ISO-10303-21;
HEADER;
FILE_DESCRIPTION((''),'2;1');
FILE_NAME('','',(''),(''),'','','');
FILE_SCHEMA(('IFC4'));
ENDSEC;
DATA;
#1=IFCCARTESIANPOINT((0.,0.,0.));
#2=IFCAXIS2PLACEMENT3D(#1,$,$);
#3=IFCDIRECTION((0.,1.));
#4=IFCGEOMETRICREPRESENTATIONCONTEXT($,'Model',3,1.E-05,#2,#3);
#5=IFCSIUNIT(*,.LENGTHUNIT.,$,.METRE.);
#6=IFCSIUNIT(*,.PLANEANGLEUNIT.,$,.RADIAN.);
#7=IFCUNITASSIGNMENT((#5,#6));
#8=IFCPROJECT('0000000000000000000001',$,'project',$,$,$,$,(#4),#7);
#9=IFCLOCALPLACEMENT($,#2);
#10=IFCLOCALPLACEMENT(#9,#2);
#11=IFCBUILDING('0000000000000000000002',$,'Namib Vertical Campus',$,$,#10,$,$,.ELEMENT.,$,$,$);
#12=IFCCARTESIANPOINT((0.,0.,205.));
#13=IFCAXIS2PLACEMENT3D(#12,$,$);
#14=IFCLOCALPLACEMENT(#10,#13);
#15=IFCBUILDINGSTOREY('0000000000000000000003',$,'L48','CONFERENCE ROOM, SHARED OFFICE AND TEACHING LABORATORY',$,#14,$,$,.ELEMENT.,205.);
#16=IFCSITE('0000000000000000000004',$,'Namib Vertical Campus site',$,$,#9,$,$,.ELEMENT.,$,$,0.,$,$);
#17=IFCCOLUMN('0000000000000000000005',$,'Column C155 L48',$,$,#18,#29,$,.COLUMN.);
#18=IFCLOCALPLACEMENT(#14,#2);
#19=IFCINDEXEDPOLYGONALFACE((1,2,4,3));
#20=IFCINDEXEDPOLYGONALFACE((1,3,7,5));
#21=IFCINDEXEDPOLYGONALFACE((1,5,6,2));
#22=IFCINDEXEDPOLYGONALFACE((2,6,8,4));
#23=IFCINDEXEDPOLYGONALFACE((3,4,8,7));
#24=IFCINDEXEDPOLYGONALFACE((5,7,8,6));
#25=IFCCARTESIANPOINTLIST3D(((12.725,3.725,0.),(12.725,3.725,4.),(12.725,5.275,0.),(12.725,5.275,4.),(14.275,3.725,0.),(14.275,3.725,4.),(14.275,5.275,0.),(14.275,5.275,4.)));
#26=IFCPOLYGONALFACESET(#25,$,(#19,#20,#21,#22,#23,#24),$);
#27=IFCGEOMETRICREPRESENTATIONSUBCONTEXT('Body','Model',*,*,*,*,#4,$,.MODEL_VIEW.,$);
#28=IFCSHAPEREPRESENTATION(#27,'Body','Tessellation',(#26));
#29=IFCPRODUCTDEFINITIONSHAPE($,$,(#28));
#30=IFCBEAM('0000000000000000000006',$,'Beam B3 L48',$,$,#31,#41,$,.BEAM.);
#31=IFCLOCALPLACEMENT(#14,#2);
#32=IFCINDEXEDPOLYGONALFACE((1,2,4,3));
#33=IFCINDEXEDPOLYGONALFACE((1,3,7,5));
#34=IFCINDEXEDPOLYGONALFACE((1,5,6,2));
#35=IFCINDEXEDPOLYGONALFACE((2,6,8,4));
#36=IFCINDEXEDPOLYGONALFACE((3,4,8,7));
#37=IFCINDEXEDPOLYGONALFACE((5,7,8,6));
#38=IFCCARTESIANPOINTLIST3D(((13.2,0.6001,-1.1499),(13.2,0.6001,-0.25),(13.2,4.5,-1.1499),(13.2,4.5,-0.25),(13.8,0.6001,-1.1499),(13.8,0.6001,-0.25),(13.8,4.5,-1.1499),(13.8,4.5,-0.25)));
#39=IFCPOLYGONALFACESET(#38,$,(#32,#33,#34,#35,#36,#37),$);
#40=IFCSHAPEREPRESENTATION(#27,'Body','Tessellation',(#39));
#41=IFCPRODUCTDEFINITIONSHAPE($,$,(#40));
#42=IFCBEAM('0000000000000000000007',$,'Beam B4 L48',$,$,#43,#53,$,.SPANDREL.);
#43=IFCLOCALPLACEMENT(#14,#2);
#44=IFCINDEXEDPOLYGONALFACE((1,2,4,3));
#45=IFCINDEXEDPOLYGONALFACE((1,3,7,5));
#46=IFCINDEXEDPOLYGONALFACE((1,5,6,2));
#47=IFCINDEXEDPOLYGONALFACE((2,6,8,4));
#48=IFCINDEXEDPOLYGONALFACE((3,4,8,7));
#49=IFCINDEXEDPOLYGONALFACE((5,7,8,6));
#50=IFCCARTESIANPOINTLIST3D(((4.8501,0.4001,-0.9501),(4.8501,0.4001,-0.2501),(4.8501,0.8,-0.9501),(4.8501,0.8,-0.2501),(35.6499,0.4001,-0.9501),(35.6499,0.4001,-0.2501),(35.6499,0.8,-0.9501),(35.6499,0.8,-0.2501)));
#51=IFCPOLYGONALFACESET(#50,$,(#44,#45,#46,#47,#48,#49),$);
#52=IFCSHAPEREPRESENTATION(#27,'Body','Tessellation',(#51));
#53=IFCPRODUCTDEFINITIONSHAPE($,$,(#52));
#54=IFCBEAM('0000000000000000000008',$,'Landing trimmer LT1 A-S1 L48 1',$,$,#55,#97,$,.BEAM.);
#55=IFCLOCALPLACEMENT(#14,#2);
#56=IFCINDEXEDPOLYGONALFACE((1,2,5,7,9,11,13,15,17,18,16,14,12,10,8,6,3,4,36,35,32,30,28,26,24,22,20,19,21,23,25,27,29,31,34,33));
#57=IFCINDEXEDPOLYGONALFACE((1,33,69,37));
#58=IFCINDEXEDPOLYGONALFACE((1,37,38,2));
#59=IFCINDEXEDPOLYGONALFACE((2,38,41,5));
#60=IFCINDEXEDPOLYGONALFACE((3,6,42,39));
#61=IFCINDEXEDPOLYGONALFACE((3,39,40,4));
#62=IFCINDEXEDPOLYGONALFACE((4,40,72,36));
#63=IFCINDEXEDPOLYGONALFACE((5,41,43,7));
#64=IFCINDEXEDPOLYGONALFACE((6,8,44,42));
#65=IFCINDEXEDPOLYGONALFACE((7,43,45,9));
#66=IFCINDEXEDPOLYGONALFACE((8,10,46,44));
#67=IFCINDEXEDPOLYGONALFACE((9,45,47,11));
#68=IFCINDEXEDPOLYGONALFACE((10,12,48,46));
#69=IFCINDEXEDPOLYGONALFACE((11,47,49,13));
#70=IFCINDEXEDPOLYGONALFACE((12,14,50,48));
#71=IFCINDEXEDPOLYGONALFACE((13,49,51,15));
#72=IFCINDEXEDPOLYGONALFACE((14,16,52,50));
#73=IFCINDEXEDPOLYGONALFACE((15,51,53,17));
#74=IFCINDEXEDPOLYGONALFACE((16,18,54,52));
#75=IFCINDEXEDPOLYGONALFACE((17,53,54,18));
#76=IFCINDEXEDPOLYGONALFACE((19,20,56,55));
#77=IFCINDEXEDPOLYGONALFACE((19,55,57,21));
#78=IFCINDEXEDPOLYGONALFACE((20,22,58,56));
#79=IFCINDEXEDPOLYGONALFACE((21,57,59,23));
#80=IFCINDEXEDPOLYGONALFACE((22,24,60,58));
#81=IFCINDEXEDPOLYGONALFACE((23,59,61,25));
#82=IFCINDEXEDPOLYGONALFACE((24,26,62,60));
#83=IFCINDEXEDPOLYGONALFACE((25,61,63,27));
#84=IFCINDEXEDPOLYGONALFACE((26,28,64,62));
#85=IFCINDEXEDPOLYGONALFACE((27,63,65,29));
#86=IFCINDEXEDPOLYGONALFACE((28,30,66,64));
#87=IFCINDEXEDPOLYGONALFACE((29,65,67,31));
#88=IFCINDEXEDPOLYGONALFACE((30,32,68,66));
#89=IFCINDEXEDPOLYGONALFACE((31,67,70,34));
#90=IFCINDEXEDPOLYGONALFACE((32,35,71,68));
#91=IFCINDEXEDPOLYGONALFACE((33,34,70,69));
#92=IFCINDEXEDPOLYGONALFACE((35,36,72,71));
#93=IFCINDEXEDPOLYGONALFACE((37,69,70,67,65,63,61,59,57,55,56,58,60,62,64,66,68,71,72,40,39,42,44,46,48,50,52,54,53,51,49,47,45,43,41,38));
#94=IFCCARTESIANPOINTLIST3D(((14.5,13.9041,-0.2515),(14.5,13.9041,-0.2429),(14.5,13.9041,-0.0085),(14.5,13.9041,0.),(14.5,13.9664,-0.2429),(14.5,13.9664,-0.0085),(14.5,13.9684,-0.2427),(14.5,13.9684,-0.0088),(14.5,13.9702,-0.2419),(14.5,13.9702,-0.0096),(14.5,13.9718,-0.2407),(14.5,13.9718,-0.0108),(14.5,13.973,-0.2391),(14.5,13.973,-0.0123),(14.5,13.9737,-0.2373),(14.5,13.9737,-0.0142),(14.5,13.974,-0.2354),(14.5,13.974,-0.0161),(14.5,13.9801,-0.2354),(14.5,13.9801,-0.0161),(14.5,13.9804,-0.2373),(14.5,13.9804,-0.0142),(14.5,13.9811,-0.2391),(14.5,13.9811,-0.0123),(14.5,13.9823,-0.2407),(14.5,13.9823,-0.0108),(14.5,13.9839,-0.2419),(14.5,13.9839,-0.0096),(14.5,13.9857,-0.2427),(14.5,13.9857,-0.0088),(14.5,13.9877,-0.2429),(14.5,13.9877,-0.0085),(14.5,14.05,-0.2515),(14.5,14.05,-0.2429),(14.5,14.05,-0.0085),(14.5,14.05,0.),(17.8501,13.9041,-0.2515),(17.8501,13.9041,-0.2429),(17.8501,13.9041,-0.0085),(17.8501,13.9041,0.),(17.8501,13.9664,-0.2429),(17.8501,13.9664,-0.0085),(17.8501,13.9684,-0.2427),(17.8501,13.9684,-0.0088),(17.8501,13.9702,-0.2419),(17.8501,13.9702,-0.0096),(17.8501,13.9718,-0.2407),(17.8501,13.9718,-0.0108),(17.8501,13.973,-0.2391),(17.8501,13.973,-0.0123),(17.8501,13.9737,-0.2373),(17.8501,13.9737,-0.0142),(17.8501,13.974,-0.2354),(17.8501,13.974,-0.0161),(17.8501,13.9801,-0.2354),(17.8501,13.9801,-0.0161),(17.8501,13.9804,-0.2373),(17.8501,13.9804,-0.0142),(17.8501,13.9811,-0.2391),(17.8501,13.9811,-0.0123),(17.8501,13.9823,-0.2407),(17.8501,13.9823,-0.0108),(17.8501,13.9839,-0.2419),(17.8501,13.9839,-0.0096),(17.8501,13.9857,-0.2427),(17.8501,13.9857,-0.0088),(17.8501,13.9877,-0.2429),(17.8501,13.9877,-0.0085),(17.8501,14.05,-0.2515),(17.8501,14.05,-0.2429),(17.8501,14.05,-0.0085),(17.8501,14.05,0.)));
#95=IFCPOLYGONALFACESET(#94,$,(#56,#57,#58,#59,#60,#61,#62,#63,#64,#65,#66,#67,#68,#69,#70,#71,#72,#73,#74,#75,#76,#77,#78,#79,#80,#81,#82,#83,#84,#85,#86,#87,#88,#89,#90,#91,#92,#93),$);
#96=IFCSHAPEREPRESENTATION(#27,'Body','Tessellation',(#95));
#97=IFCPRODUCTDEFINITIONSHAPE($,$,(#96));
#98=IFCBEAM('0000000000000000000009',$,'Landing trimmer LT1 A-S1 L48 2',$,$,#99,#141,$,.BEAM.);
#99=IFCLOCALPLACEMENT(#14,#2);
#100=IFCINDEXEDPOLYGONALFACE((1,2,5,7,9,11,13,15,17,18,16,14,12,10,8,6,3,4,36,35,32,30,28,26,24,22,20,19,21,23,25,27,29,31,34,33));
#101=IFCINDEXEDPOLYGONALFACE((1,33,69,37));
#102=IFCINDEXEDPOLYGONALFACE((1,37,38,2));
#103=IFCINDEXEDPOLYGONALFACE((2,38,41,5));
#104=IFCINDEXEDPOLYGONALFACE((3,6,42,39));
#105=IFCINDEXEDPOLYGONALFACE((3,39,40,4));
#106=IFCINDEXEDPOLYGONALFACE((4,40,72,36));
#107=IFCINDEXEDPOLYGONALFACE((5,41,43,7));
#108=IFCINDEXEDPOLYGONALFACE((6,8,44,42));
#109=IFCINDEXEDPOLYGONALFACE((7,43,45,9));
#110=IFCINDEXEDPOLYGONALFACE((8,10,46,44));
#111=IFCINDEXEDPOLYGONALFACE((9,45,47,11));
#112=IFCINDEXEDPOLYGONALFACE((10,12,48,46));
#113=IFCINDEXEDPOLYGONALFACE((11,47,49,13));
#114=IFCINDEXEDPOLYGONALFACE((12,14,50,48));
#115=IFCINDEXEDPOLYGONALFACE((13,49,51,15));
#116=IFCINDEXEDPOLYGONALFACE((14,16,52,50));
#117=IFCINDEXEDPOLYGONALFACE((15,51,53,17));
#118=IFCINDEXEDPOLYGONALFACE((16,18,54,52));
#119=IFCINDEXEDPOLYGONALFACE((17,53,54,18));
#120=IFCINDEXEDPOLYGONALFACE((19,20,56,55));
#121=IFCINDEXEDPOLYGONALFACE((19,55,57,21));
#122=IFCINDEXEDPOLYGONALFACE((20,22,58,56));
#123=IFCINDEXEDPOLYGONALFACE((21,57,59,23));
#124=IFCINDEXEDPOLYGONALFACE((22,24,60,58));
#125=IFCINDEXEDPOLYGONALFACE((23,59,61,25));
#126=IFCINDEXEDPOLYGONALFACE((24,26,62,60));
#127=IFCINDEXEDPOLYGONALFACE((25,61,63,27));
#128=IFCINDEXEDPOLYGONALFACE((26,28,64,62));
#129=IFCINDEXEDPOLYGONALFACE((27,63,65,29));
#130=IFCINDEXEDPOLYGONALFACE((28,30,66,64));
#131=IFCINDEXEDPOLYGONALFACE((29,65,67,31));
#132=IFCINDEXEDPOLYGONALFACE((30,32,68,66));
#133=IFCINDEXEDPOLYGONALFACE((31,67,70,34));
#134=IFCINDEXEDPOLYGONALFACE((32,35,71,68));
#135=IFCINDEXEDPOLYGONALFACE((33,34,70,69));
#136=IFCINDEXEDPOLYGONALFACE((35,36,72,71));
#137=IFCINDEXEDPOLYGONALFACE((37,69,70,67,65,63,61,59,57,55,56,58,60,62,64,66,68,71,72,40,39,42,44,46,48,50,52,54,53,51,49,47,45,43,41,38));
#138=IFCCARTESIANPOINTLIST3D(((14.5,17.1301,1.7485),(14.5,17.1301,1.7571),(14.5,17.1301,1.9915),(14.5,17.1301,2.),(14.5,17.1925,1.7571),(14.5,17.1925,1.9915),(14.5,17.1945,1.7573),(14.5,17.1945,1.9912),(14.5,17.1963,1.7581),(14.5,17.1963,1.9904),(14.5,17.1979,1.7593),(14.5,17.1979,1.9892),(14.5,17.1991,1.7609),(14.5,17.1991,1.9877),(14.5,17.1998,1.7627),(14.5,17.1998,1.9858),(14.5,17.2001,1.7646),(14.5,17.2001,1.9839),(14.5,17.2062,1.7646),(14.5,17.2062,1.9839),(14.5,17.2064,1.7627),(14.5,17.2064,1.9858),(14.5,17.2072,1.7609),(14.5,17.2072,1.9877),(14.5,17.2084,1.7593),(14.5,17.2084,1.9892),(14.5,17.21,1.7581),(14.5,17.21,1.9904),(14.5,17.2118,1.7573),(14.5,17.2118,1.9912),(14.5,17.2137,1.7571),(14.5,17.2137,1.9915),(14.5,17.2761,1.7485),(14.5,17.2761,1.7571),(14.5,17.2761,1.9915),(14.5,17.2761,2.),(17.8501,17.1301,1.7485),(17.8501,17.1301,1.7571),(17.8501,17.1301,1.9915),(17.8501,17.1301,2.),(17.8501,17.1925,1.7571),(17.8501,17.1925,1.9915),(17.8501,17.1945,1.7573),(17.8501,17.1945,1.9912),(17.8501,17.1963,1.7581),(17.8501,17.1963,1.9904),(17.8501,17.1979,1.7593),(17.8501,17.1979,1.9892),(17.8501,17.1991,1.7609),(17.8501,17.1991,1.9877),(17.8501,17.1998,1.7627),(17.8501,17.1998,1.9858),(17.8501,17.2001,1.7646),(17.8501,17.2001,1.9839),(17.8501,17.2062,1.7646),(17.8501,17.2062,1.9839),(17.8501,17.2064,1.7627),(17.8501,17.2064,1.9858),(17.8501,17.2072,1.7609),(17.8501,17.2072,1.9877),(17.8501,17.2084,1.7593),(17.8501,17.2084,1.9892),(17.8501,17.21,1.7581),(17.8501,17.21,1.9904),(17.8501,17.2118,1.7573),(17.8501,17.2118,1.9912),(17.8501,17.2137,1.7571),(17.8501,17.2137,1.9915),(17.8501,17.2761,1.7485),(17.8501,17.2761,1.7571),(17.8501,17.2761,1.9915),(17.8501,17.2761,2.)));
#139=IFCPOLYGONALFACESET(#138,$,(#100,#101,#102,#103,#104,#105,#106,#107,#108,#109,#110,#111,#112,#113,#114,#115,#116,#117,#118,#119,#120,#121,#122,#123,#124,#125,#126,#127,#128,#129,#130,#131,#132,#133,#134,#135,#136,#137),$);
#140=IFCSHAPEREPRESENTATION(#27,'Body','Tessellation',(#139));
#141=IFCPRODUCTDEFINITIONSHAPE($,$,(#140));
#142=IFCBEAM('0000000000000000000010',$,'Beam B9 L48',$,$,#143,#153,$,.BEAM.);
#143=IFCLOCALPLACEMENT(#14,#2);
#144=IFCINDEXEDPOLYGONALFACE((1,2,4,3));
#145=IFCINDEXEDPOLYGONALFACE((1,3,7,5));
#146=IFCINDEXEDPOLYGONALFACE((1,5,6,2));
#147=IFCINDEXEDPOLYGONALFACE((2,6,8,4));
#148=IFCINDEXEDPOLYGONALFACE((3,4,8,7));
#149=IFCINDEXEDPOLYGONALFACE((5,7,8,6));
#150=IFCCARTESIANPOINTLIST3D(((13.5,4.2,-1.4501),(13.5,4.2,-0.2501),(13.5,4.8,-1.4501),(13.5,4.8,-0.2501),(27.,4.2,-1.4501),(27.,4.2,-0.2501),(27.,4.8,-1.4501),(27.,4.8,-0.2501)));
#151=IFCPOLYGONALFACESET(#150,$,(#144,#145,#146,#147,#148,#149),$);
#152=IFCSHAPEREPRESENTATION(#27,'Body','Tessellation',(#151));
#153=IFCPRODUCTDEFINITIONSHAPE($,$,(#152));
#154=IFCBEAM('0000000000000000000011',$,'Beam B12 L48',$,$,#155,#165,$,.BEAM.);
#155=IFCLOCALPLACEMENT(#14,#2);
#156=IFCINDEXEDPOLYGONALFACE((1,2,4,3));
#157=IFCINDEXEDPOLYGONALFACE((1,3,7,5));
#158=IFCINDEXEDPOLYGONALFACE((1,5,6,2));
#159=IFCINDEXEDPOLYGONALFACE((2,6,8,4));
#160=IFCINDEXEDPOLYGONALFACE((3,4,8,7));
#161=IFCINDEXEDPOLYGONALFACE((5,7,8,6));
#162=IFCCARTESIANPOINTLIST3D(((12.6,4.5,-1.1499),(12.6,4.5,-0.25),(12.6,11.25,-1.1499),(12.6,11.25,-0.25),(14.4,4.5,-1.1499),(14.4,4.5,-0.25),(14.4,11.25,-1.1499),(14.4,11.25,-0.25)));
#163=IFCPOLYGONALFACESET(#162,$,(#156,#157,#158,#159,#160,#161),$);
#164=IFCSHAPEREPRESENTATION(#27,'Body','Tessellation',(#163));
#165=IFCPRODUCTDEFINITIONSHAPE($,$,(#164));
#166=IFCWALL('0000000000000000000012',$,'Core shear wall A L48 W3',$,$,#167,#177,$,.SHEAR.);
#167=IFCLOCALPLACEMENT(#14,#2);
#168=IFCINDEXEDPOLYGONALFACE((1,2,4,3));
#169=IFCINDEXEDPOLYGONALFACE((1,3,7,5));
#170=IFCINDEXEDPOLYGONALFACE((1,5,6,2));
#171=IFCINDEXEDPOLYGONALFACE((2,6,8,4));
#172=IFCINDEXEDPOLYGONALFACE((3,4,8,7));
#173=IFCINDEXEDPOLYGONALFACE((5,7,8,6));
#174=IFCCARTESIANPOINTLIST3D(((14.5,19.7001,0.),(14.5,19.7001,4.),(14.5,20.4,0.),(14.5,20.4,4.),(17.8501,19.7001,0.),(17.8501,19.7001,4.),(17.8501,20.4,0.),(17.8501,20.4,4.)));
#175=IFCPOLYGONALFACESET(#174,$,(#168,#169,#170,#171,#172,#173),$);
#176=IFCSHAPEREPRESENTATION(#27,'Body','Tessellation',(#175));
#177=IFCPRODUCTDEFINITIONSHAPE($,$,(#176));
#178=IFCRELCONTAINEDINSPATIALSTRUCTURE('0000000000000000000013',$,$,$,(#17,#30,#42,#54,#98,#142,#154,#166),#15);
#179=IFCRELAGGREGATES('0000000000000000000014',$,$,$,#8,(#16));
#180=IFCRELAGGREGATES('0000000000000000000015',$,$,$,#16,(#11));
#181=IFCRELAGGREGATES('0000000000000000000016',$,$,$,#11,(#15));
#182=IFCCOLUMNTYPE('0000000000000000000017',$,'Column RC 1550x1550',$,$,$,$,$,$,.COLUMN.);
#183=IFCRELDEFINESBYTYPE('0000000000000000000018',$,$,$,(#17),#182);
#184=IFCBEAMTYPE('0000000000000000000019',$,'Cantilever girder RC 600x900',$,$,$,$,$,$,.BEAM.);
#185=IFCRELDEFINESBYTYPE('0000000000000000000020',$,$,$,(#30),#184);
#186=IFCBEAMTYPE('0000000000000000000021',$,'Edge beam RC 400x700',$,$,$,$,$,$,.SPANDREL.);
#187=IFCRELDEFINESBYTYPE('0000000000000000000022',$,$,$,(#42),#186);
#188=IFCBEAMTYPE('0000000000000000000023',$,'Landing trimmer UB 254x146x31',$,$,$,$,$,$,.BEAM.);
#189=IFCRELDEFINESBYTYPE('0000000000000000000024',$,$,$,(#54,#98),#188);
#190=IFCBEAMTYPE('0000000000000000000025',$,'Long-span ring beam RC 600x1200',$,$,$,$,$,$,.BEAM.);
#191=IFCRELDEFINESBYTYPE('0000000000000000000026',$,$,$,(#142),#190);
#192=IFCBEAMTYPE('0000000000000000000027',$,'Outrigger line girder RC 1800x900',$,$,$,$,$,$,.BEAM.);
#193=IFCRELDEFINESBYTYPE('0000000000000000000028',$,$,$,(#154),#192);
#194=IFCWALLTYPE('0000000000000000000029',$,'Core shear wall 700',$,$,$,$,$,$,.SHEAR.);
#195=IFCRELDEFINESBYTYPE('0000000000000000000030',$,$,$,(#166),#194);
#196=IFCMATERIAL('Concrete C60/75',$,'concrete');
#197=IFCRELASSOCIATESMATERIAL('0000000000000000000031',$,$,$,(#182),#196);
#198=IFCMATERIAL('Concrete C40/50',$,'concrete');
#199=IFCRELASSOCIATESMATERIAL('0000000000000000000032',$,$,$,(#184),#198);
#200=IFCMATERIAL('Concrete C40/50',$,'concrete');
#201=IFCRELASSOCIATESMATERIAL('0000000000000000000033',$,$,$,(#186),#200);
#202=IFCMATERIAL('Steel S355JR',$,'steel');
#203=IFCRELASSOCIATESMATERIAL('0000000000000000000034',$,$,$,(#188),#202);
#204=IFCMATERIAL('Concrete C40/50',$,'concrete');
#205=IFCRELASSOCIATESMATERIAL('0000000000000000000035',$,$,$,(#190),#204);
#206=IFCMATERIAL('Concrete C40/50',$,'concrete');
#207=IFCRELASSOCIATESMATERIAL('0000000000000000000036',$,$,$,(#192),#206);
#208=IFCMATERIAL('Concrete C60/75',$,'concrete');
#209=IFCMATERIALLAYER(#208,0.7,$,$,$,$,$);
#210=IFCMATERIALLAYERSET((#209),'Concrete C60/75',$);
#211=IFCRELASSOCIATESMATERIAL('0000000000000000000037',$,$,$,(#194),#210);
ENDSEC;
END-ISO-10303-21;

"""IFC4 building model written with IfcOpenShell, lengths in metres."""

from ifc_helpers import new_model, si_unit, direction, frame, frame_2d, origin, origin_2d, place, context, subcontext, project, spatial, rectangle, i_section, extrude, material, layer, layer_set, material_profile, profile_set, type_object, element, save


model = new_model("IFC4")

# Units and contexts
model_context = context("Model", 3, precision=1e-05, world=origin(), true_north=direction((0.0, 1.0)))
body_context = subcontext(model_context, "Body", "Model", "MODEL_VIEW")
ifc_project = project(units=[si_unit("LENGTHUNIT", "METRE"), si_unit("PLANEANGLEUNIT", "RADIAN")], contexts=[model_context])

# Site, building, storey
site_placement = place(None, origin())
site = spatial("IfcSite", under=ifc_project, at=site_placement, Name="Namib Vertical Campus site", CompositionType="ELEMENT", RefElevation=0.0)
building_placement = place(site_placement, origin())
building = spatial("IfcBuilding", under=site, at=building_placement, Name="Namib Vertical Campus", CompositionType="ELEMENT")
storey_placement = place(building_placement, frame((0.0, 0.0, 205.0)))
storey = spatial("IfcBuildingStorey", under=building, at=storey_placement, Name="L48", Description="CONFERENCE ROOM, SHARED OFFICE AND TEACHING LABORATORY", CompositionType="ELEMENT", Elevation=205.0)

# Column
ifc_material_1 = material(Name="Concrete C60/75", Category="concrete")
ifc_material_profile_1 = material_profile(ifc_material_1, rectangle(XDim=1.55, YDim=1.55, at=origin_2d()))
ifc_profile_set_1 = profile_set([ifc_material_profile_1], Name="Concrete C60/75")
column_type = type_object("IfcColumnType", Name="Column RC 1550x1550", PredefinedType="COLUMN", material=ifc_profile_set_1)
column_placement = place(storey_placement, frame((13.5, 4.5, 0.0), z_axis=(0.0, 0.0, 1.0), x_axis=(1.0, 0.0, 0.0)))
element("IfcColumn", 1, at=column_placement, inside=storey, type_object=column_type, Name="Column C155 L48", PredefinedType="COLUMN", context=body_context, shape_type="SweptSolid", body=[
    extrude(rectangle(XDim=1.55, YDim=1.55, at=origin_2d()), origin(), (0.0, 0.0, 1.0), 4.0),
])

# Beams
ifc_material_2 = material(Name="Concrete C40/50", Category="concrete")
ifc_material_profile_2 = material_profile(ifc_material_2, rectangle(XDim=0.6001, YDim=0.8999, at=origin_2d()))
ifc_profile_set_2 = profile_set([ifc_material_profile_2], Name="Concrete C40/50")
beam_type_1 = type_object("IfcBeamType", Name="Cantilever girder RC 600x900", PredefinedType="BEAM", material=ifc_profile_set_2)
beam_1_placement = place(storey_placement, frame((13.5, 4.5, -0.7), z_axis=(0.0, -1.0, 0.0), x_axis=(1.0, 0.0, 0.0)))
element("IfcBeam", 2, at=beam_1_placement, inside=storey, type_object=beam_type_1, Name="Beam B3 L48", PredefinedType="BEAM", context=body_context, shape_type="SweptSolid", body=[
    extrude(rectangle(XDim=0.6001, YDim=0.8999, at=origin_2d()), origin(), (0.0, 0.0, 1.0), 3.8999),
])
ifc_material_3 = material(Name="Concrete C40/50", Category="concrete")
ifc_material_profile_3 = material_profile(ifc_material_3, rectangle(XDim=0.3999, YDim=0.7, at=origin_2d()))
ifc_profile_set_3 = profile_set([ifc_material_profile_3], Name="Concrete C40/50")
beam_type_2 = type_object("IfcBeamType", Name="Edge beam RC 400x700", PredefinedType="SPANDREL", material=ifc_profile_set_3)
beam_2_placement = place(storey_placement, frame((4.8501, 0.6001, -0.6001), z_axis=(1.0, 0.0, 0.0), x_axis=(0.0, 1.0, 0.0)))
element("IfcBeam", 3, at=beam_2_placement, inside=storey, type_object=beam_type_2, Name="Beam B4 L48", PredefinedType="SPANDREL", context=body_context, shape_type="SweptSolid", body=[
    extrude(rectangle(XDim=0.3999, YDim=0.7, at=origin_2d()), origin(), (0.0, 0.0, 1.0), 30.7998),
])
ifc_material_4 = material(Name="Steel S355JR", Category="steel")
ifc_material_profile_4 = material_profile(ifc_material_4, i_section(OverallWidth=0.146, OverallDepth=0.2515, WebThickness=0.0061, FlangeThickness=0.0085, FilletRadius=0.0076, at=origin_2d()))
ifc_profile_set_4 = profile_set([ifc_material_profile_4], Name="Steel S355JR")
beam_type_3 = type_object("IfcBeamType", Name="Landing trimmer UB 254x146x31", PredefinedType="BEAM", material=ifc_profile_set_4)
for number, where, z_axis, x_axis, name in (
    (4, (14.5, 13.9771, -0.1257), (1.0, 0.0, 0.0), (0.0, 1.0, 0.0), "Landing trimmer LT1 A-S1 L48 1"),
    (5, (14.5, 17.2031, 1.8743), (1.0, 0.0, 0.0), (0.0, 1.0, 0.0), "Landing trimmer LT1 A-S1 L48 2"),
):
    element("IfcBeam", number, at=place(storey_placement, frame(where, z_axis=z_axis, x_axis=x_axis)), inside=storey, type_object=beam_type_3, Name=name, PredefinedType="BEAM", context=body_context, shape_type="SweptSolid", body=[
        extrude(i_section(OverallWidth=0.146, OverallDepth=0.2515, WebThickness=0.0061, FlangeThickness=0.0085, FilletRadius=0.0076, at=origin_2d()), origin(), (0.0, 0.0, 1.0), 3.3501),
    ])
ifc_material_5 = material(Name="Concrete C40/50", Category="concrete")
ifc_material_profile_5 = material_profile(ifc_material_5, rectangle(XDim=0.6001, YDim=1.2, at=origin_2d()))
ifc_profile_set_5 = profile_set([ifc_material_profile_5], Name="Concrete C40/50")
beam_type_4 = type_object("IfcBeamType", Name="Long-span ring beam RC 600x1200", PredefinedType="BEAM", material=ifc_profile_set_5)
beam_3_placement = place(storey_placement, frame((13.5, 4.5, -0.8501), z_axis=(1.0, 0.0, 0.0), x_axis=(0.0, 1.0, 0.0)))
element("IfcBeam", 6, at=beam_3_placement, inside=storey, type_object=beam_type_4, Name="Beam B9 L48", PredefinedType="BEAM", context=body_context, shape_type="SweptSolid", body=[
    extrude(rectangle(XDim=0.6001, YDim=1.2, at=origin_2d()), origin(), (0.0, 0.0, 1.0), 13.5),
])
ifc_material_6 = material(Name="Concrete C40/50", Category="concrete")
ifc_material_profile_6 = material_profile(ifc_material_6, rectangle(XDim=1.8, YDim=0.8999, at=origin_2d()))
ifc_profile_set_6 = profile_set([ifc_material_profile_6], Name="Concrete C40/50")
beam_type_5 = type_object("IfcBeamType", Name="Outrigger line girder RC 1800x900", PredefinedType="BEAM", material=ifc_profile_set_6)
beam_4_placement = place(storey_placement, frame((13.5, 4.5, -0.7), z_axis=(0.0, 1.0, 0.0), x_axis=(-1.0, 0.0, 0.0)))
element("IfcBeam", 7, at=beam_4_placement, inside=storey, type_object=beam_type_5, Name="Beam B12 L48", PredefinedType="BEAM", context=body_context, shape_type="SweptSolid", body=[
    extrude(rectangle(XDim=1.8, YDim=0.8999, at=origin_2d()), origin(), (0.0, 0.0, 1.0), 6.75),
])

# Wall
ifc_material_7 = material(Name="Concrete C60/75", Category="concrete")
ifc_layer_1 = layer(ifc_material_7, 0.7)
ifc_layer_set_1 = layer_set([ifc_layer_1], Name="Concrete C60/75")
wall_type_1 = type_object("IfcWallType", Name="Core shear wall 700", PredefinedType="SHEAR", material=ifc_layer_set_1)
wall_1_placement = place(storey_placement, frame((14.5, 20.05, 0.0), z_axis=(0.0, 0.0, 1.0), x_axis=(1.0, 0.0, 0.0)))
element("IfcWall", 8, at=wall_1_placement, inside=storey, type_object=wall_type_1, Name="Core shear wall A L48 W3", PredefinedType="SHEAR", context=body_context, shape_type="SweptSolid", body=[
    extrude(rectangle(XDim=3.3501, YDim=0.7, at=frame_2d((1.675, 0.0))), origin(), (0.0, 0.0, 1.0), 4.0),
])

save(model, "model.ifc")
